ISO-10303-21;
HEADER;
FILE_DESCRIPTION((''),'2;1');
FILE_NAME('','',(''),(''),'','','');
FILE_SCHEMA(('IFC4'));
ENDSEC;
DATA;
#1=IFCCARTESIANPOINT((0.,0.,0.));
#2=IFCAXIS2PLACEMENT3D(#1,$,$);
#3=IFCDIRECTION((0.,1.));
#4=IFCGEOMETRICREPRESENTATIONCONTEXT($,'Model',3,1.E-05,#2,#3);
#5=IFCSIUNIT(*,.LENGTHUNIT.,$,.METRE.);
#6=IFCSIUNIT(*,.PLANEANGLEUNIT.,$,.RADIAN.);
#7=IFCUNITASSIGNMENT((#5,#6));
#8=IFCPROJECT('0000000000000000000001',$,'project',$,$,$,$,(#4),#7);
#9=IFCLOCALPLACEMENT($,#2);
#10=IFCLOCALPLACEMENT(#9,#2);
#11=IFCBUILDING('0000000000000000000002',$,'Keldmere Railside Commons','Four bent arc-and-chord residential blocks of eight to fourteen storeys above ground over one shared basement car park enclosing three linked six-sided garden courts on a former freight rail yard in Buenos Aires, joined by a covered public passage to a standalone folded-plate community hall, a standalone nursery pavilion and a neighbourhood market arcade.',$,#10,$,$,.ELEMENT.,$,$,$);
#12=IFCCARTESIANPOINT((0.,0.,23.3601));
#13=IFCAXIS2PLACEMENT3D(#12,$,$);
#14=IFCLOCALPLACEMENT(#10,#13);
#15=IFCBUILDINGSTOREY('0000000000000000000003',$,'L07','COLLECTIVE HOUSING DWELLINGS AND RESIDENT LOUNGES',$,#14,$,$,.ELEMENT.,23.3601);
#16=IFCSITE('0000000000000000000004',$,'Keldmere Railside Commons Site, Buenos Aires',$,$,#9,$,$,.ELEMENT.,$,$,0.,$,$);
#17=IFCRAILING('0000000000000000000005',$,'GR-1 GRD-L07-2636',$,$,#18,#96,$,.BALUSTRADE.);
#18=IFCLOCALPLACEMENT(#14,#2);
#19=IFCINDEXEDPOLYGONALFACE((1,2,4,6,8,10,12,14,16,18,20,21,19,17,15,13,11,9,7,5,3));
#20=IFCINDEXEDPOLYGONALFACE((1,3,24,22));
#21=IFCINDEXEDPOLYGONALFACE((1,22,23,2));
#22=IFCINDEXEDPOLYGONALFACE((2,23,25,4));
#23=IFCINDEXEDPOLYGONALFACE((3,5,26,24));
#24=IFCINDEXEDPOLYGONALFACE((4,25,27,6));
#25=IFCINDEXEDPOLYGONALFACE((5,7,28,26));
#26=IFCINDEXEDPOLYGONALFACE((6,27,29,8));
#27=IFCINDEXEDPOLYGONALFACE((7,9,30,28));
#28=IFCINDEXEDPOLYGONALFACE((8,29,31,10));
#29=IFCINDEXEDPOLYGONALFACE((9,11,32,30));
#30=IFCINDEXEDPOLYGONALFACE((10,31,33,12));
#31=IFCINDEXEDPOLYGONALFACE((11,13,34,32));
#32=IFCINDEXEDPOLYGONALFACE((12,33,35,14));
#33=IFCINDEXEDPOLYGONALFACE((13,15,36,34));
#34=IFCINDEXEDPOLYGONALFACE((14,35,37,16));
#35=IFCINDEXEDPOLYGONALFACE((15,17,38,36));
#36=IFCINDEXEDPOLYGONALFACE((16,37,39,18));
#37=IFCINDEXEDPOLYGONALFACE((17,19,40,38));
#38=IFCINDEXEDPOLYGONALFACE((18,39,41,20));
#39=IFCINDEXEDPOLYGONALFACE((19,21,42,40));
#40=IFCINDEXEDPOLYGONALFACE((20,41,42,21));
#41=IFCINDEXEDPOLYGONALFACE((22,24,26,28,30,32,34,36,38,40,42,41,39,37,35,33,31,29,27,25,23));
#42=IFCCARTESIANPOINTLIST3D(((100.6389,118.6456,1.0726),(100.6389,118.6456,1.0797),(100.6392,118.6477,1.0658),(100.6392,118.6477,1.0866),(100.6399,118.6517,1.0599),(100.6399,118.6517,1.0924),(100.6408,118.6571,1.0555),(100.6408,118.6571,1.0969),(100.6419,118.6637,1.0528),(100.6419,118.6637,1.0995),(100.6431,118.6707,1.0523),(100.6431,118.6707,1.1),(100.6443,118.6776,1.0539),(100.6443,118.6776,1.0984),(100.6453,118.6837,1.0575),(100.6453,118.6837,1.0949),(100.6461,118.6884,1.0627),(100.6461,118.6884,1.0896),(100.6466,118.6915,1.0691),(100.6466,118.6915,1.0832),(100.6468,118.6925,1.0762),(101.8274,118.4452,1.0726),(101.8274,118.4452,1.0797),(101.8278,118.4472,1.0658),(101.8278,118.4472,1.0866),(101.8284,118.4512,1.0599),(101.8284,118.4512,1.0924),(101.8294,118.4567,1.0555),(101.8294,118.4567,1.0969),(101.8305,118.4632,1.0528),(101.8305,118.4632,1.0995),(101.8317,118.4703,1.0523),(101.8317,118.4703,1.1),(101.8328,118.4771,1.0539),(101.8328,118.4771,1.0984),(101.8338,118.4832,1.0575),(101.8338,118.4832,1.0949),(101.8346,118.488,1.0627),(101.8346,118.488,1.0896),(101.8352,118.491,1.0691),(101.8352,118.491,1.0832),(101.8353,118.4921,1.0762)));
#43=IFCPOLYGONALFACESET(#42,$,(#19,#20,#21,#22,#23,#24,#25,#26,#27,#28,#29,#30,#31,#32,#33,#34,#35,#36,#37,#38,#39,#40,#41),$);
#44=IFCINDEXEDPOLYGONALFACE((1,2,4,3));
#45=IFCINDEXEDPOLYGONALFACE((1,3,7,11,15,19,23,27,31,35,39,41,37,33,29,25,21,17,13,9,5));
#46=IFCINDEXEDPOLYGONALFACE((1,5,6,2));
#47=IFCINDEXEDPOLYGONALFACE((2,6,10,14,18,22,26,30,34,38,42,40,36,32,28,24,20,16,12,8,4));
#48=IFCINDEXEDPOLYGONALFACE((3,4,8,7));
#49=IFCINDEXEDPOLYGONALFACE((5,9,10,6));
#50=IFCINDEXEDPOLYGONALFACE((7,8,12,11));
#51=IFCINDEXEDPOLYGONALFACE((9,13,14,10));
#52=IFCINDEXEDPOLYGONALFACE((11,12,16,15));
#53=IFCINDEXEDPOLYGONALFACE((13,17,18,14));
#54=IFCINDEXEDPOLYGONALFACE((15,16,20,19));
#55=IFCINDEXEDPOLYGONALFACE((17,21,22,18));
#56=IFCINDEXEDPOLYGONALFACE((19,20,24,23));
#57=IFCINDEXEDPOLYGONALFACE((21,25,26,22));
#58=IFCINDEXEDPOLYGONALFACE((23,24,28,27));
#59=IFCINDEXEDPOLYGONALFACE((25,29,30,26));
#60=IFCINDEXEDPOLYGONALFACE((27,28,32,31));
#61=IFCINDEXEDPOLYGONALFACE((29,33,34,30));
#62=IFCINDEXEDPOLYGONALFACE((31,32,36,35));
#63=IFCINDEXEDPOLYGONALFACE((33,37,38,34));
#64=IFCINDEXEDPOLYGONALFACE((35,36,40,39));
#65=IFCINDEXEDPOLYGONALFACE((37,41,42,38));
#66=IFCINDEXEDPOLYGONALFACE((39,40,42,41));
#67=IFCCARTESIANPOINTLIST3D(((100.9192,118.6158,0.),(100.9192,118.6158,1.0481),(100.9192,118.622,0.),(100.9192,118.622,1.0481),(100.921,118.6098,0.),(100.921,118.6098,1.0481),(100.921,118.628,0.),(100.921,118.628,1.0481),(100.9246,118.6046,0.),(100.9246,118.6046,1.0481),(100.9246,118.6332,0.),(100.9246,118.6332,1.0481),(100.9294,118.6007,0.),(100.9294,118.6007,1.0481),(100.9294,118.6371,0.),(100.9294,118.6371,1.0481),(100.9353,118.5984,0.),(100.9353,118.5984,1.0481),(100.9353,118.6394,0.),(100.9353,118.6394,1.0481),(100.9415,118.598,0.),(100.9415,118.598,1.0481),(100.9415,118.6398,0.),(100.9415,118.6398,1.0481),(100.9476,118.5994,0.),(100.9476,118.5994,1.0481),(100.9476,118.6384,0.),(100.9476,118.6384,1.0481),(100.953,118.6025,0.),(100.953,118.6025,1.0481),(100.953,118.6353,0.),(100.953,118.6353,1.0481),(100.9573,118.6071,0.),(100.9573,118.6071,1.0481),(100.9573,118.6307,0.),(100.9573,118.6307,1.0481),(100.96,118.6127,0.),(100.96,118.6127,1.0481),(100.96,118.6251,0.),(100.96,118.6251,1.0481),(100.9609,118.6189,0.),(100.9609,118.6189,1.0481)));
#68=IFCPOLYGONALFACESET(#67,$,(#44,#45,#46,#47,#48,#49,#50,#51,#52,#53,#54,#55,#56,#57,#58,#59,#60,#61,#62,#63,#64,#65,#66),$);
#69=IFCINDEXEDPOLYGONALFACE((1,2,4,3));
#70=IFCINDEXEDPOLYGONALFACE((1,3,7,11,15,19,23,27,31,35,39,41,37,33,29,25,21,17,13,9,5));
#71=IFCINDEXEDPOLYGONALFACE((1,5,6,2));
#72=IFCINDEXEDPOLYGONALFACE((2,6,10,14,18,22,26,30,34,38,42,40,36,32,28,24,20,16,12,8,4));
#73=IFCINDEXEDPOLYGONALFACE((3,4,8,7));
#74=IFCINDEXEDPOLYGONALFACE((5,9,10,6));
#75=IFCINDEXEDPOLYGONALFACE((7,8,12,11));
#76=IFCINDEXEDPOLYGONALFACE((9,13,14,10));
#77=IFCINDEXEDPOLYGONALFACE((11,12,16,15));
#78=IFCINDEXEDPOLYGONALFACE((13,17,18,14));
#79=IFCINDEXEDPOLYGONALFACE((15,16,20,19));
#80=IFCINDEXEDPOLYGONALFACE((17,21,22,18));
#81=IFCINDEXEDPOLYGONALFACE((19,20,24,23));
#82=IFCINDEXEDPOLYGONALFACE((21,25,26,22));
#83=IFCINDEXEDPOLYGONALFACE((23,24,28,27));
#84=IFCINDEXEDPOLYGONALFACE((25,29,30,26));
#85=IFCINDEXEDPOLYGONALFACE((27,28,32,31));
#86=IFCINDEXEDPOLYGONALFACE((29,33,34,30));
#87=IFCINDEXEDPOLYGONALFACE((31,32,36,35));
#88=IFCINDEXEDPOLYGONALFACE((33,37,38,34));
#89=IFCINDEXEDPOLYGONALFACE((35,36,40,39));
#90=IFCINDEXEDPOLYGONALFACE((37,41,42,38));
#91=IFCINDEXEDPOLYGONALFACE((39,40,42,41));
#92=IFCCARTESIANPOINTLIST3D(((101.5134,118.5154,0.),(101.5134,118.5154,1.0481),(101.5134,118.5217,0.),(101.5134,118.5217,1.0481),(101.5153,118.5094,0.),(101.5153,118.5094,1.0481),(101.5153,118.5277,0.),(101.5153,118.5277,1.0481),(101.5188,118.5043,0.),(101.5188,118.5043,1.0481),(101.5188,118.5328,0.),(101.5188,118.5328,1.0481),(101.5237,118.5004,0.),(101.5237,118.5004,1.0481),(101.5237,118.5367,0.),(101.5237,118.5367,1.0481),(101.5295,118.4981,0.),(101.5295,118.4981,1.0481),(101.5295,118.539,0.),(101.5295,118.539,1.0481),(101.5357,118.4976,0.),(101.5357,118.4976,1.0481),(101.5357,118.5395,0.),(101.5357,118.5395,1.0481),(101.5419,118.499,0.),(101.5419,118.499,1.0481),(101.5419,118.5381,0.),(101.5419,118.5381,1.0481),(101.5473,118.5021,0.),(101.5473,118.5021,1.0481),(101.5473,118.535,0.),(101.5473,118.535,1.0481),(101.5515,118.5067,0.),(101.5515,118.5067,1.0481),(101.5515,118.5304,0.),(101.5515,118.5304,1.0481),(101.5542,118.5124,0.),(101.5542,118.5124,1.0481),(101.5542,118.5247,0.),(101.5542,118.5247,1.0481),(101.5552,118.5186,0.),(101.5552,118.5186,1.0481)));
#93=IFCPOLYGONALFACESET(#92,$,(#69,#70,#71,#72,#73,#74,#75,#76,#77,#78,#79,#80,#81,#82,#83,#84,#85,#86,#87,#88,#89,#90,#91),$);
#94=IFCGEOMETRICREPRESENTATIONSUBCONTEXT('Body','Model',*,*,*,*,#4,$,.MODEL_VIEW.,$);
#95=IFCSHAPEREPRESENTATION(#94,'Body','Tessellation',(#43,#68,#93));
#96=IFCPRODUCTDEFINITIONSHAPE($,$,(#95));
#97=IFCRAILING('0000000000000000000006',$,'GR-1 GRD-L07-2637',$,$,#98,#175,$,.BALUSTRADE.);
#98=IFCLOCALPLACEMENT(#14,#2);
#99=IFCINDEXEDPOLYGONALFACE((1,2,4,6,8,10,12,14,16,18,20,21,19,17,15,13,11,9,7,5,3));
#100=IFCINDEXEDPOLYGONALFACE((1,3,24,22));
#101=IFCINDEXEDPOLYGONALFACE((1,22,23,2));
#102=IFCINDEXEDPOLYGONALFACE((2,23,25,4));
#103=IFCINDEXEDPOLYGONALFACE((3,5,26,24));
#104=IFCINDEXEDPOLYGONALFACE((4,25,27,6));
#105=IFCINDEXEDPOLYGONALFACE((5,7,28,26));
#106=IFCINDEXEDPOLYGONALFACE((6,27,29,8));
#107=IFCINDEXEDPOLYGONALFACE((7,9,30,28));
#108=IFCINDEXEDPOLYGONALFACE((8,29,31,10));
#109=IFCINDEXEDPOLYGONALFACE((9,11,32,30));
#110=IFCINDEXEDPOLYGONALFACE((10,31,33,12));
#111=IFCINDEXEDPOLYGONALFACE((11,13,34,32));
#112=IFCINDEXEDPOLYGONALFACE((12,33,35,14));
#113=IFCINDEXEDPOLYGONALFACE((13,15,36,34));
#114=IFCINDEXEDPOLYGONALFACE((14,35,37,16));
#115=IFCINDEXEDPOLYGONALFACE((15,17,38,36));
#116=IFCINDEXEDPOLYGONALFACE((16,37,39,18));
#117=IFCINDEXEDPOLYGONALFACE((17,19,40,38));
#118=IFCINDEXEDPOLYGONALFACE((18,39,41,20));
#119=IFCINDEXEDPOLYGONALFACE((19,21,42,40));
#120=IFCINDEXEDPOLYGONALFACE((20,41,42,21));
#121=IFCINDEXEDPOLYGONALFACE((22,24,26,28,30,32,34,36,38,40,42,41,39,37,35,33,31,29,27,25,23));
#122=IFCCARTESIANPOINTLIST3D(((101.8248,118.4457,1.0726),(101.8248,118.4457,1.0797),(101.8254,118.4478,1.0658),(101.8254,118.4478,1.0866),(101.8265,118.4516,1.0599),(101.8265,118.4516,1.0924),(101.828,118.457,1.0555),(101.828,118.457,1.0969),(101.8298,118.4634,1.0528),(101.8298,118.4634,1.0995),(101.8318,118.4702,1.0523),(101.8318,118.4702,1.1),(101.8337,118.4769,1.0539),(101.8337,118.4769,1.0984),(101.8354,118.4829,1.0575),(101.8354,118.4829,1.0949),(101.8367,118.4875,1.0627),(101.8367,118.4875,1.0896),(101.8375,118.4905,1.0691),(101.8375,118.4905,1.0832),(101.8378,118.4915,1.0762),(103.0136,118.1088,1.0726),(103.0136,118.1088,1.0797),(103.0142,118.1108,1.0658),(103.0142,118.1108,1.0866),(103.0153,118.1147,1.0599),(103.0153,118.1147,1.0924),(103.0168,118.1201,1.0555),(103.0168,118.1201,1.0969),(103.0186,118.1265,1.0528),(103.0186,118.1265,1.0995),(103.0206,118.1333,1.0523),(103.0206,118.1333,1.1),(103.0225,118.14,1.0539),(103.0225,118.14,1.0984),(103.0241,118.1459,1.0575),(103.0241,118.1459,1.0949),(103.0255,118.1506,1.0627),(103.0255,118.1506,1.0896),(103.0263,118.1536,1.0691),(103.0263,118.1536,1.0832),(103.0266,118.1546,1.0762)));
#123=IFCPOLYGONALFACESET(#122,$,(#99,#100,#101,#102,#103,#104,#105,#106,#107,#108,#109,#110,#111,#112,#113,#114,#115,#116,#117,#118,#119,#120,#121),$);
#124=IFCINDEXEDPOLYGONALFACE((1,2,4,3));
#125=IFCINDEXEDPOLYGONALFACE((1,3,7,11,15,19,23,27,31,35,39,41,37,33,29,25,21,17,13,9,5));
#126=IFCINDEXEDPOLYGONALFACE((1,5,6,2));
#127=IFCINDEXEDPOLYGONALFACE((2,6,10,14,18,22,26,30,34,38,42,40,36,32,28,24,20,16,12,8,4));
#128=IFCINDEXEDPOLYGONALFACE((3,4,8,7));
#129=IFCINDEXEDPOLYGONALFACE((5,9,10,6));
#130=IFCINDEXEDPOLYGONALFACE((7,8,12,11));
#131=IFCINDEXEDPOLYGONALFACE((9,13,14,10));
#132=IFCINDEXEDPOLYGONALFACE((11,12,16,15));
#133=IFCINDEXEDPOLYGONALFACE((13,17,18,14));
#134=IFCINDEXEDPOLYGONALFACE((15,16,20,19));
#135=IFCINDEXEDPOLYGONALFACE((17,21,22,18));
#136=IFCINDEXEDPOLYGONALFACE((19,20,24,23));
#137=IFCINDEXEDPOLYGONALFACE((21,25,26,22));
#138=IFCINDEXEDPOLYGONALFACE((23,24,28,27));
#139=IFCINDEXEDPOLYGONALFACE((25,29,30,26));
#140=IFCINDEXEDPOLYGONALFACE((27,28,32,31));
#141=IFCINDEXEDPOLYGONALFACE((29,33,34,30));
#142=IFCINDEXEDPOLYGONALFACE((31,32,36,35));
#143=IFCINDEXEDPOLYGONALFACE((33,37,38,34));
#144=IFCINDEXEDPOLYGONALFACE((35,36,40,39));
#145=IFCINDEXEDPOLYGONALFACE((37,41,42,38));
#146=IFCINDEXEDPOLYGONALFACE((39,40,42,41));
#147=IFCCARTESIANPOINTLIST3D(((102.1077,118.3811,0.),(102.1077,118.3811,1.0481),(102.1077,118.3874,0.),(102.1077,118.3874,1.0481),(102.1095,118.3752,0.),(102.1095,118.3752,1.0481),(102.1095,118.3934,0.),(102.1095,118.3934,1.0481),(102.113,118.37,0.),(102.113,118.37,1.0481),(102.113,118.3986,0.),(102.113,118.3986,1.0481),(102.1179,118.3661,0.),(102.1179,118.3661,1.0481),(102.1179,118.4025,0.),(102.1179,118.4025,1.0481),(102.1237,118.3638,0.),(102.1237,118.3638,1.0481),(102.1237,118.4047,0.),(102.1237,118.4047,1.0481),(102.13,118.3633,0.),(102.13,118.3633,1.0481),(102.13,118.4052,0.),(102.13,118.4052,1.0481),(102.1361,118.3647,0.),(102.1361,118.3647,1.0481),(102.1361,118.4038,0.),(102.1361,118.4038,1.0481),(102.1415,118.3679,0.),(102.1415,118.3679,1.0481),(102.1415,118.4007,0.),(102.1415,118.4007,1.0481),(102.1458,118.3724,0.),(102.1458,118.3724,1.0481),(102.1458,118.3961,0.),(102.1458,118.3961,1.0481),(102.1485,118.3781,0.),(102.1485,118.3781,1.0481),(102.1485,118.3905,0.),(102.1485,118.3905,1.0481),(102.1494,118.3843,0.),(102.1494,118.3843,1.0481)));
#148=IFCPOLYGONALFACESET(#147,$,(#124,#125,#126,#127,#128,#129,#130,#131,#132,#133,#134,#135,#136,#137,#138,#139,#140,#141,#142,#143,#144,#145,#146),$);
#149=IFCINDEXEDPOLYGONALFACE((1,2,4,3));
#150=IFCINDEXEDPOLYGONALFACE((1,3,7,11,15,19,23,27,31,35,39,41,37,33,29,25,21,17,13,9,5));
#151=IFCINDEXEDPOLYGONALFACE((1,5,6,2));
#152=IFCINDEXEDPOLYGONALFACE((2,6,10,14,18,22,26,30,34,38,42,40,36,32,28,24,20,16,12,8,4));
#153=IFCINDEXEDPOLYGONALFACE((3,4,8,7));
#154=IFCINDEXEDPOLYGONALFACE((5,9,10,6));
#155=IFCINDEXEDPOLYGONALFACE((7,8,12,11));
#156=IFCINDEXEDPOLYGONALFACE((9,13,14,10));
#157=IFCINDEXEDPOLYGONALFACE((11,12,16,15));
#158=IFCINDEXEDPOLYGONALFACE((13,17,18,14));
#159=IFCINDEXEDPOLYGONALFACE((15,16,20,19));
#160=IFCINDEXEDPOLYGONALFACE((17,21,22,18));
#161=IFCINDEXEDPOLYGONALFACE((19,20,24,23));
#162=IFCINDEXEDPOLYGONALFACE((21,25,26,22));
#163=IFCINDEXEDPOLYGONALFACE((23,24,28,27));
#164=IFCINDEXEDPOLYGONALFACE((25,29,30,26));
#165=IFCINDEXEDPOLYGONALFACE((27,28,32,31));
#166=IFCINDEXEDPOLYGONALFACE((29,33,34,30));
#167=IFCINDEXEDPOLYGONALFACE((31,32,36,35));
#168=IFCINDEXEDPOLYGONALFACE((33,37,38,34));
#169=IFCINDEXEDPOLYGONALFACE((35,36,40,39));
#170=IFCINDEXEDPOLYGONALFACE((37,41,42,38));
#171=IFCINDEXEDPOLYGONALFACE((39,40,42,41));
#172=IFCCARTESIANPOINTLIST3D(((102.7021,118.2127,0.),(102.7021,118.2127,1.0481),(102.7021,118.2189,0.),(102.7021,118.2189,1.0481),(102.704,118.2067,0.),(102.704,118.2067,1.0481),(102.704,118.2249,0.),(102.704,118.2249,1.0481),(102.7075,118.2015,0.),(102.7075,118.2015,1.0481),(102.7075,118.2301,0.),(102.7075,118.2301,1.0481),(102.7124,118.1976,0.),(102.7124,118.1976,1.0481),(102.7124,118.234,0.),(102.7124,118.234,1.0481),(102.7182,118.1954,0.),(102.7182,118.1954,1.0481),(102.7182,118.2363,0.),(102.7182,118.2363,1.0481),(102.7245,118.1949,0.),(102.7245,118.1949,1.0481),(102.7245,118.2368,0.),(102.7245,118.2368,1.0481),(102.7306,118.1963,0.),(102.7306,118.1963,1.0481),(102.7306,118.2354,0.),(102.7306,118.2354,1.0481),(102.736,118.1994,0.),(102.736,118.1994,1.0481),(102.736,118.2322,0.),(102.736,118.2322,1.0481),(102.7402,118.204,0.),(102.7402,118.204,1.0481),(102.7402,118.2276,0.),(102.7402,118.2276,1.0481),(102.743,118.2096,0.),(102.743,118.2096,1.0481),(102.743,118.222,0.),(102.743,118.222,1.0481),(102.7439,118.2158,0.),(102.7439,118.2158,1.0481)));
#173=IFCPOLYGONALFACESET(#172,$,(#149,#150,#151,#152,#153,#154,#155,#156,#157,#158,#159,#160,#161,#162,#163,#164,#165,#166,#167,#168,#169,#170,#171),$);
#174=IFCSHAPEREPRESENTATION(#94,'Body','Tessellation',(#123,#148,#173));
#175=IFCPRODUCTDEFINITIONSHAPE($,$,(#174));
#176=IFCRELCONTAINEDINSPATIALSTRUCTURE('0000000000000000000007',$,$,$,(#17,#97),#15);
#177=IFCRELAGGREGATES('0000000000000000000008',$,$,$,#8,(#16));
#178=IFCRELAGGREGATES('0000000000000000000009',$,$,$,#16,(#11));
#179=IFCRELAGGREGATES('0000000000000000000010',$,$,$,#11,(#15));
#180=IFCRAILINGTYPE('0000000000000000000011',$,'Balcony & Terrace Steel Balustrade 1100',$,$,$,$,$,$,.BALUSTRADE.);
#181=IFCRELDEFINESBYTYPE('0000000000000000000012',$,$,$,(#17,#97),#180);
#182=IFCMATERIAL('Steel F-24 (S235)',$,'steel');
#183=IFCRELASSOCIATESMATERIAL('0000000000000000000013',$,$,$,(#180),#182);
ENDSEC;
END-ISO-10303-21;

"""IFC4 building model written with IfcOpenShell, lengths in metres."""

from ifc_helpers import new_model, si_unit, direction, frame, origin, origin_2d, place, context, subcontext, project, spatial, circle, extrude, material, type_object, element, save


model = new_model("IFC4")

# Units and contexts
model_context = context("Model", 3, precision=1e-05, world=origin(), true_north=direction((0.0, 1.0)))
body_context = subcontext(model_context, "Body", "Model", "MODEL_VIEW")
ifc_project = project(units=[si_unit("LENGTHUNIT", "METRE"), si_unit("PLANEANGLEUNIT", "RADIAN")], contexts=[model_context])

# Site, building, storey
site_placement = place(None, origin())
site = spatial("IfcSite", under=ifc_project, at=site_placement, Name="Keldmere Railside Commons Site, Buenos Aires", CompositionType="ELEMENT", RefElevation=0.0)
building_placement = place(site_placement, origin())
building = spatial("IfcBuilding", under=site, at=building_placement, Name="Keldmere Railside Commons", Description="Four bent arc-and-chord residential blocks of eight to fourteen storeys above ground over one shared basement car park enclosing three linked six-sided garden courts on a former freight rail yard in Buenos Aires, joined by a covered public passage to a standalone folded-plate community hall, a standalone nursery pavilion and a neighbourhood market arcade.", CompositionType="ELEMENT")
storey_placement = place(building_placement, frame((0.0, 0.0, 23.3601)))
storey = spatial("IfcBuildingStorey", under=building, at=storey_placement, Name="L07", Description="COLLECTIVE HOUSING DWELLINGS AND RESIDENT LOUNGES", CompositionType="ELEMENT", Elevation=23.3601)

# Railings
ifc_material_1 = material(Name="Steel F-24 (S235)", Category="steel")
railing_type = type_object("IfcRailingType", Name="Balcony & Terrace Steel Balustrade 1100", PredefinedType="BALUSTRADE", material=ifc_material_1)
railing_1_placement = place(storey_placement, frame((100.6428, 118.6689, 0.0)))
element("IfcRailing", 1, at=railing_1_placement, inside=storey, type_object=railing_type, Name="GR-1 GRD-L07-2636", PredefinedType="BALUSTRADE", context=body_context, shape_type="SweptSolid", body=[
    extrude(circle(Radius=0.0239, at=origin_2d()), frame((0.0, 0.0, 1.0762), z_axis=(0.986075, -0.166304, 0.0), x_axis=(0.166304, 0.986075, 0.0)), (0.0, 0.0, 1.0), 1.2053),
    extrude(circle(Radius=0.021, at=origin_2d()), frame((0.2971, -0.05, 0.0)), (0.0, 0.0, 1.0), 1.0481),
    extrude(circle(Radius=0.021, at=origin_2d()), frame((0.8914, -0.1504, 0.0)), (0.0, 0.0, 1.0), 1.0481),
])
railing_2_placement = place(storey_placement, frame((101.8313, 118.4685, 0.0)))
element("IfcRailing", 2, at=railing_2_placement, inside=storey, type_object=railing_type, Name="GR-1 GRD-L07-2637", PredefinedType="BALUSTRADE", context=body_context, shape_type="SweptSolid", body=[
    extrude(circle(Radius=0.0239, at=origin_2d()), frame((0.0, 0.0, 1.0762), z_axis=(0.962103, -0.272685, 0.0), x_axis=(0.272685, 0.962103, 0.0)), (0.0, 0.0, 1.0), 1.2356),
    extrude(circle(Radius=0.021, at=origin_2d()), frame((0.2971, -0.0842, 0.0)), (0.0, 0.0, 1.0), 1.0481),
    extrude(circle(Radius=0.021, at=origin_2d()), frame((0.8916, -0.2527, 0.0)), (0.0, 0.0, 1.0), 1.0481),
])

save(model, "model.ifc")
